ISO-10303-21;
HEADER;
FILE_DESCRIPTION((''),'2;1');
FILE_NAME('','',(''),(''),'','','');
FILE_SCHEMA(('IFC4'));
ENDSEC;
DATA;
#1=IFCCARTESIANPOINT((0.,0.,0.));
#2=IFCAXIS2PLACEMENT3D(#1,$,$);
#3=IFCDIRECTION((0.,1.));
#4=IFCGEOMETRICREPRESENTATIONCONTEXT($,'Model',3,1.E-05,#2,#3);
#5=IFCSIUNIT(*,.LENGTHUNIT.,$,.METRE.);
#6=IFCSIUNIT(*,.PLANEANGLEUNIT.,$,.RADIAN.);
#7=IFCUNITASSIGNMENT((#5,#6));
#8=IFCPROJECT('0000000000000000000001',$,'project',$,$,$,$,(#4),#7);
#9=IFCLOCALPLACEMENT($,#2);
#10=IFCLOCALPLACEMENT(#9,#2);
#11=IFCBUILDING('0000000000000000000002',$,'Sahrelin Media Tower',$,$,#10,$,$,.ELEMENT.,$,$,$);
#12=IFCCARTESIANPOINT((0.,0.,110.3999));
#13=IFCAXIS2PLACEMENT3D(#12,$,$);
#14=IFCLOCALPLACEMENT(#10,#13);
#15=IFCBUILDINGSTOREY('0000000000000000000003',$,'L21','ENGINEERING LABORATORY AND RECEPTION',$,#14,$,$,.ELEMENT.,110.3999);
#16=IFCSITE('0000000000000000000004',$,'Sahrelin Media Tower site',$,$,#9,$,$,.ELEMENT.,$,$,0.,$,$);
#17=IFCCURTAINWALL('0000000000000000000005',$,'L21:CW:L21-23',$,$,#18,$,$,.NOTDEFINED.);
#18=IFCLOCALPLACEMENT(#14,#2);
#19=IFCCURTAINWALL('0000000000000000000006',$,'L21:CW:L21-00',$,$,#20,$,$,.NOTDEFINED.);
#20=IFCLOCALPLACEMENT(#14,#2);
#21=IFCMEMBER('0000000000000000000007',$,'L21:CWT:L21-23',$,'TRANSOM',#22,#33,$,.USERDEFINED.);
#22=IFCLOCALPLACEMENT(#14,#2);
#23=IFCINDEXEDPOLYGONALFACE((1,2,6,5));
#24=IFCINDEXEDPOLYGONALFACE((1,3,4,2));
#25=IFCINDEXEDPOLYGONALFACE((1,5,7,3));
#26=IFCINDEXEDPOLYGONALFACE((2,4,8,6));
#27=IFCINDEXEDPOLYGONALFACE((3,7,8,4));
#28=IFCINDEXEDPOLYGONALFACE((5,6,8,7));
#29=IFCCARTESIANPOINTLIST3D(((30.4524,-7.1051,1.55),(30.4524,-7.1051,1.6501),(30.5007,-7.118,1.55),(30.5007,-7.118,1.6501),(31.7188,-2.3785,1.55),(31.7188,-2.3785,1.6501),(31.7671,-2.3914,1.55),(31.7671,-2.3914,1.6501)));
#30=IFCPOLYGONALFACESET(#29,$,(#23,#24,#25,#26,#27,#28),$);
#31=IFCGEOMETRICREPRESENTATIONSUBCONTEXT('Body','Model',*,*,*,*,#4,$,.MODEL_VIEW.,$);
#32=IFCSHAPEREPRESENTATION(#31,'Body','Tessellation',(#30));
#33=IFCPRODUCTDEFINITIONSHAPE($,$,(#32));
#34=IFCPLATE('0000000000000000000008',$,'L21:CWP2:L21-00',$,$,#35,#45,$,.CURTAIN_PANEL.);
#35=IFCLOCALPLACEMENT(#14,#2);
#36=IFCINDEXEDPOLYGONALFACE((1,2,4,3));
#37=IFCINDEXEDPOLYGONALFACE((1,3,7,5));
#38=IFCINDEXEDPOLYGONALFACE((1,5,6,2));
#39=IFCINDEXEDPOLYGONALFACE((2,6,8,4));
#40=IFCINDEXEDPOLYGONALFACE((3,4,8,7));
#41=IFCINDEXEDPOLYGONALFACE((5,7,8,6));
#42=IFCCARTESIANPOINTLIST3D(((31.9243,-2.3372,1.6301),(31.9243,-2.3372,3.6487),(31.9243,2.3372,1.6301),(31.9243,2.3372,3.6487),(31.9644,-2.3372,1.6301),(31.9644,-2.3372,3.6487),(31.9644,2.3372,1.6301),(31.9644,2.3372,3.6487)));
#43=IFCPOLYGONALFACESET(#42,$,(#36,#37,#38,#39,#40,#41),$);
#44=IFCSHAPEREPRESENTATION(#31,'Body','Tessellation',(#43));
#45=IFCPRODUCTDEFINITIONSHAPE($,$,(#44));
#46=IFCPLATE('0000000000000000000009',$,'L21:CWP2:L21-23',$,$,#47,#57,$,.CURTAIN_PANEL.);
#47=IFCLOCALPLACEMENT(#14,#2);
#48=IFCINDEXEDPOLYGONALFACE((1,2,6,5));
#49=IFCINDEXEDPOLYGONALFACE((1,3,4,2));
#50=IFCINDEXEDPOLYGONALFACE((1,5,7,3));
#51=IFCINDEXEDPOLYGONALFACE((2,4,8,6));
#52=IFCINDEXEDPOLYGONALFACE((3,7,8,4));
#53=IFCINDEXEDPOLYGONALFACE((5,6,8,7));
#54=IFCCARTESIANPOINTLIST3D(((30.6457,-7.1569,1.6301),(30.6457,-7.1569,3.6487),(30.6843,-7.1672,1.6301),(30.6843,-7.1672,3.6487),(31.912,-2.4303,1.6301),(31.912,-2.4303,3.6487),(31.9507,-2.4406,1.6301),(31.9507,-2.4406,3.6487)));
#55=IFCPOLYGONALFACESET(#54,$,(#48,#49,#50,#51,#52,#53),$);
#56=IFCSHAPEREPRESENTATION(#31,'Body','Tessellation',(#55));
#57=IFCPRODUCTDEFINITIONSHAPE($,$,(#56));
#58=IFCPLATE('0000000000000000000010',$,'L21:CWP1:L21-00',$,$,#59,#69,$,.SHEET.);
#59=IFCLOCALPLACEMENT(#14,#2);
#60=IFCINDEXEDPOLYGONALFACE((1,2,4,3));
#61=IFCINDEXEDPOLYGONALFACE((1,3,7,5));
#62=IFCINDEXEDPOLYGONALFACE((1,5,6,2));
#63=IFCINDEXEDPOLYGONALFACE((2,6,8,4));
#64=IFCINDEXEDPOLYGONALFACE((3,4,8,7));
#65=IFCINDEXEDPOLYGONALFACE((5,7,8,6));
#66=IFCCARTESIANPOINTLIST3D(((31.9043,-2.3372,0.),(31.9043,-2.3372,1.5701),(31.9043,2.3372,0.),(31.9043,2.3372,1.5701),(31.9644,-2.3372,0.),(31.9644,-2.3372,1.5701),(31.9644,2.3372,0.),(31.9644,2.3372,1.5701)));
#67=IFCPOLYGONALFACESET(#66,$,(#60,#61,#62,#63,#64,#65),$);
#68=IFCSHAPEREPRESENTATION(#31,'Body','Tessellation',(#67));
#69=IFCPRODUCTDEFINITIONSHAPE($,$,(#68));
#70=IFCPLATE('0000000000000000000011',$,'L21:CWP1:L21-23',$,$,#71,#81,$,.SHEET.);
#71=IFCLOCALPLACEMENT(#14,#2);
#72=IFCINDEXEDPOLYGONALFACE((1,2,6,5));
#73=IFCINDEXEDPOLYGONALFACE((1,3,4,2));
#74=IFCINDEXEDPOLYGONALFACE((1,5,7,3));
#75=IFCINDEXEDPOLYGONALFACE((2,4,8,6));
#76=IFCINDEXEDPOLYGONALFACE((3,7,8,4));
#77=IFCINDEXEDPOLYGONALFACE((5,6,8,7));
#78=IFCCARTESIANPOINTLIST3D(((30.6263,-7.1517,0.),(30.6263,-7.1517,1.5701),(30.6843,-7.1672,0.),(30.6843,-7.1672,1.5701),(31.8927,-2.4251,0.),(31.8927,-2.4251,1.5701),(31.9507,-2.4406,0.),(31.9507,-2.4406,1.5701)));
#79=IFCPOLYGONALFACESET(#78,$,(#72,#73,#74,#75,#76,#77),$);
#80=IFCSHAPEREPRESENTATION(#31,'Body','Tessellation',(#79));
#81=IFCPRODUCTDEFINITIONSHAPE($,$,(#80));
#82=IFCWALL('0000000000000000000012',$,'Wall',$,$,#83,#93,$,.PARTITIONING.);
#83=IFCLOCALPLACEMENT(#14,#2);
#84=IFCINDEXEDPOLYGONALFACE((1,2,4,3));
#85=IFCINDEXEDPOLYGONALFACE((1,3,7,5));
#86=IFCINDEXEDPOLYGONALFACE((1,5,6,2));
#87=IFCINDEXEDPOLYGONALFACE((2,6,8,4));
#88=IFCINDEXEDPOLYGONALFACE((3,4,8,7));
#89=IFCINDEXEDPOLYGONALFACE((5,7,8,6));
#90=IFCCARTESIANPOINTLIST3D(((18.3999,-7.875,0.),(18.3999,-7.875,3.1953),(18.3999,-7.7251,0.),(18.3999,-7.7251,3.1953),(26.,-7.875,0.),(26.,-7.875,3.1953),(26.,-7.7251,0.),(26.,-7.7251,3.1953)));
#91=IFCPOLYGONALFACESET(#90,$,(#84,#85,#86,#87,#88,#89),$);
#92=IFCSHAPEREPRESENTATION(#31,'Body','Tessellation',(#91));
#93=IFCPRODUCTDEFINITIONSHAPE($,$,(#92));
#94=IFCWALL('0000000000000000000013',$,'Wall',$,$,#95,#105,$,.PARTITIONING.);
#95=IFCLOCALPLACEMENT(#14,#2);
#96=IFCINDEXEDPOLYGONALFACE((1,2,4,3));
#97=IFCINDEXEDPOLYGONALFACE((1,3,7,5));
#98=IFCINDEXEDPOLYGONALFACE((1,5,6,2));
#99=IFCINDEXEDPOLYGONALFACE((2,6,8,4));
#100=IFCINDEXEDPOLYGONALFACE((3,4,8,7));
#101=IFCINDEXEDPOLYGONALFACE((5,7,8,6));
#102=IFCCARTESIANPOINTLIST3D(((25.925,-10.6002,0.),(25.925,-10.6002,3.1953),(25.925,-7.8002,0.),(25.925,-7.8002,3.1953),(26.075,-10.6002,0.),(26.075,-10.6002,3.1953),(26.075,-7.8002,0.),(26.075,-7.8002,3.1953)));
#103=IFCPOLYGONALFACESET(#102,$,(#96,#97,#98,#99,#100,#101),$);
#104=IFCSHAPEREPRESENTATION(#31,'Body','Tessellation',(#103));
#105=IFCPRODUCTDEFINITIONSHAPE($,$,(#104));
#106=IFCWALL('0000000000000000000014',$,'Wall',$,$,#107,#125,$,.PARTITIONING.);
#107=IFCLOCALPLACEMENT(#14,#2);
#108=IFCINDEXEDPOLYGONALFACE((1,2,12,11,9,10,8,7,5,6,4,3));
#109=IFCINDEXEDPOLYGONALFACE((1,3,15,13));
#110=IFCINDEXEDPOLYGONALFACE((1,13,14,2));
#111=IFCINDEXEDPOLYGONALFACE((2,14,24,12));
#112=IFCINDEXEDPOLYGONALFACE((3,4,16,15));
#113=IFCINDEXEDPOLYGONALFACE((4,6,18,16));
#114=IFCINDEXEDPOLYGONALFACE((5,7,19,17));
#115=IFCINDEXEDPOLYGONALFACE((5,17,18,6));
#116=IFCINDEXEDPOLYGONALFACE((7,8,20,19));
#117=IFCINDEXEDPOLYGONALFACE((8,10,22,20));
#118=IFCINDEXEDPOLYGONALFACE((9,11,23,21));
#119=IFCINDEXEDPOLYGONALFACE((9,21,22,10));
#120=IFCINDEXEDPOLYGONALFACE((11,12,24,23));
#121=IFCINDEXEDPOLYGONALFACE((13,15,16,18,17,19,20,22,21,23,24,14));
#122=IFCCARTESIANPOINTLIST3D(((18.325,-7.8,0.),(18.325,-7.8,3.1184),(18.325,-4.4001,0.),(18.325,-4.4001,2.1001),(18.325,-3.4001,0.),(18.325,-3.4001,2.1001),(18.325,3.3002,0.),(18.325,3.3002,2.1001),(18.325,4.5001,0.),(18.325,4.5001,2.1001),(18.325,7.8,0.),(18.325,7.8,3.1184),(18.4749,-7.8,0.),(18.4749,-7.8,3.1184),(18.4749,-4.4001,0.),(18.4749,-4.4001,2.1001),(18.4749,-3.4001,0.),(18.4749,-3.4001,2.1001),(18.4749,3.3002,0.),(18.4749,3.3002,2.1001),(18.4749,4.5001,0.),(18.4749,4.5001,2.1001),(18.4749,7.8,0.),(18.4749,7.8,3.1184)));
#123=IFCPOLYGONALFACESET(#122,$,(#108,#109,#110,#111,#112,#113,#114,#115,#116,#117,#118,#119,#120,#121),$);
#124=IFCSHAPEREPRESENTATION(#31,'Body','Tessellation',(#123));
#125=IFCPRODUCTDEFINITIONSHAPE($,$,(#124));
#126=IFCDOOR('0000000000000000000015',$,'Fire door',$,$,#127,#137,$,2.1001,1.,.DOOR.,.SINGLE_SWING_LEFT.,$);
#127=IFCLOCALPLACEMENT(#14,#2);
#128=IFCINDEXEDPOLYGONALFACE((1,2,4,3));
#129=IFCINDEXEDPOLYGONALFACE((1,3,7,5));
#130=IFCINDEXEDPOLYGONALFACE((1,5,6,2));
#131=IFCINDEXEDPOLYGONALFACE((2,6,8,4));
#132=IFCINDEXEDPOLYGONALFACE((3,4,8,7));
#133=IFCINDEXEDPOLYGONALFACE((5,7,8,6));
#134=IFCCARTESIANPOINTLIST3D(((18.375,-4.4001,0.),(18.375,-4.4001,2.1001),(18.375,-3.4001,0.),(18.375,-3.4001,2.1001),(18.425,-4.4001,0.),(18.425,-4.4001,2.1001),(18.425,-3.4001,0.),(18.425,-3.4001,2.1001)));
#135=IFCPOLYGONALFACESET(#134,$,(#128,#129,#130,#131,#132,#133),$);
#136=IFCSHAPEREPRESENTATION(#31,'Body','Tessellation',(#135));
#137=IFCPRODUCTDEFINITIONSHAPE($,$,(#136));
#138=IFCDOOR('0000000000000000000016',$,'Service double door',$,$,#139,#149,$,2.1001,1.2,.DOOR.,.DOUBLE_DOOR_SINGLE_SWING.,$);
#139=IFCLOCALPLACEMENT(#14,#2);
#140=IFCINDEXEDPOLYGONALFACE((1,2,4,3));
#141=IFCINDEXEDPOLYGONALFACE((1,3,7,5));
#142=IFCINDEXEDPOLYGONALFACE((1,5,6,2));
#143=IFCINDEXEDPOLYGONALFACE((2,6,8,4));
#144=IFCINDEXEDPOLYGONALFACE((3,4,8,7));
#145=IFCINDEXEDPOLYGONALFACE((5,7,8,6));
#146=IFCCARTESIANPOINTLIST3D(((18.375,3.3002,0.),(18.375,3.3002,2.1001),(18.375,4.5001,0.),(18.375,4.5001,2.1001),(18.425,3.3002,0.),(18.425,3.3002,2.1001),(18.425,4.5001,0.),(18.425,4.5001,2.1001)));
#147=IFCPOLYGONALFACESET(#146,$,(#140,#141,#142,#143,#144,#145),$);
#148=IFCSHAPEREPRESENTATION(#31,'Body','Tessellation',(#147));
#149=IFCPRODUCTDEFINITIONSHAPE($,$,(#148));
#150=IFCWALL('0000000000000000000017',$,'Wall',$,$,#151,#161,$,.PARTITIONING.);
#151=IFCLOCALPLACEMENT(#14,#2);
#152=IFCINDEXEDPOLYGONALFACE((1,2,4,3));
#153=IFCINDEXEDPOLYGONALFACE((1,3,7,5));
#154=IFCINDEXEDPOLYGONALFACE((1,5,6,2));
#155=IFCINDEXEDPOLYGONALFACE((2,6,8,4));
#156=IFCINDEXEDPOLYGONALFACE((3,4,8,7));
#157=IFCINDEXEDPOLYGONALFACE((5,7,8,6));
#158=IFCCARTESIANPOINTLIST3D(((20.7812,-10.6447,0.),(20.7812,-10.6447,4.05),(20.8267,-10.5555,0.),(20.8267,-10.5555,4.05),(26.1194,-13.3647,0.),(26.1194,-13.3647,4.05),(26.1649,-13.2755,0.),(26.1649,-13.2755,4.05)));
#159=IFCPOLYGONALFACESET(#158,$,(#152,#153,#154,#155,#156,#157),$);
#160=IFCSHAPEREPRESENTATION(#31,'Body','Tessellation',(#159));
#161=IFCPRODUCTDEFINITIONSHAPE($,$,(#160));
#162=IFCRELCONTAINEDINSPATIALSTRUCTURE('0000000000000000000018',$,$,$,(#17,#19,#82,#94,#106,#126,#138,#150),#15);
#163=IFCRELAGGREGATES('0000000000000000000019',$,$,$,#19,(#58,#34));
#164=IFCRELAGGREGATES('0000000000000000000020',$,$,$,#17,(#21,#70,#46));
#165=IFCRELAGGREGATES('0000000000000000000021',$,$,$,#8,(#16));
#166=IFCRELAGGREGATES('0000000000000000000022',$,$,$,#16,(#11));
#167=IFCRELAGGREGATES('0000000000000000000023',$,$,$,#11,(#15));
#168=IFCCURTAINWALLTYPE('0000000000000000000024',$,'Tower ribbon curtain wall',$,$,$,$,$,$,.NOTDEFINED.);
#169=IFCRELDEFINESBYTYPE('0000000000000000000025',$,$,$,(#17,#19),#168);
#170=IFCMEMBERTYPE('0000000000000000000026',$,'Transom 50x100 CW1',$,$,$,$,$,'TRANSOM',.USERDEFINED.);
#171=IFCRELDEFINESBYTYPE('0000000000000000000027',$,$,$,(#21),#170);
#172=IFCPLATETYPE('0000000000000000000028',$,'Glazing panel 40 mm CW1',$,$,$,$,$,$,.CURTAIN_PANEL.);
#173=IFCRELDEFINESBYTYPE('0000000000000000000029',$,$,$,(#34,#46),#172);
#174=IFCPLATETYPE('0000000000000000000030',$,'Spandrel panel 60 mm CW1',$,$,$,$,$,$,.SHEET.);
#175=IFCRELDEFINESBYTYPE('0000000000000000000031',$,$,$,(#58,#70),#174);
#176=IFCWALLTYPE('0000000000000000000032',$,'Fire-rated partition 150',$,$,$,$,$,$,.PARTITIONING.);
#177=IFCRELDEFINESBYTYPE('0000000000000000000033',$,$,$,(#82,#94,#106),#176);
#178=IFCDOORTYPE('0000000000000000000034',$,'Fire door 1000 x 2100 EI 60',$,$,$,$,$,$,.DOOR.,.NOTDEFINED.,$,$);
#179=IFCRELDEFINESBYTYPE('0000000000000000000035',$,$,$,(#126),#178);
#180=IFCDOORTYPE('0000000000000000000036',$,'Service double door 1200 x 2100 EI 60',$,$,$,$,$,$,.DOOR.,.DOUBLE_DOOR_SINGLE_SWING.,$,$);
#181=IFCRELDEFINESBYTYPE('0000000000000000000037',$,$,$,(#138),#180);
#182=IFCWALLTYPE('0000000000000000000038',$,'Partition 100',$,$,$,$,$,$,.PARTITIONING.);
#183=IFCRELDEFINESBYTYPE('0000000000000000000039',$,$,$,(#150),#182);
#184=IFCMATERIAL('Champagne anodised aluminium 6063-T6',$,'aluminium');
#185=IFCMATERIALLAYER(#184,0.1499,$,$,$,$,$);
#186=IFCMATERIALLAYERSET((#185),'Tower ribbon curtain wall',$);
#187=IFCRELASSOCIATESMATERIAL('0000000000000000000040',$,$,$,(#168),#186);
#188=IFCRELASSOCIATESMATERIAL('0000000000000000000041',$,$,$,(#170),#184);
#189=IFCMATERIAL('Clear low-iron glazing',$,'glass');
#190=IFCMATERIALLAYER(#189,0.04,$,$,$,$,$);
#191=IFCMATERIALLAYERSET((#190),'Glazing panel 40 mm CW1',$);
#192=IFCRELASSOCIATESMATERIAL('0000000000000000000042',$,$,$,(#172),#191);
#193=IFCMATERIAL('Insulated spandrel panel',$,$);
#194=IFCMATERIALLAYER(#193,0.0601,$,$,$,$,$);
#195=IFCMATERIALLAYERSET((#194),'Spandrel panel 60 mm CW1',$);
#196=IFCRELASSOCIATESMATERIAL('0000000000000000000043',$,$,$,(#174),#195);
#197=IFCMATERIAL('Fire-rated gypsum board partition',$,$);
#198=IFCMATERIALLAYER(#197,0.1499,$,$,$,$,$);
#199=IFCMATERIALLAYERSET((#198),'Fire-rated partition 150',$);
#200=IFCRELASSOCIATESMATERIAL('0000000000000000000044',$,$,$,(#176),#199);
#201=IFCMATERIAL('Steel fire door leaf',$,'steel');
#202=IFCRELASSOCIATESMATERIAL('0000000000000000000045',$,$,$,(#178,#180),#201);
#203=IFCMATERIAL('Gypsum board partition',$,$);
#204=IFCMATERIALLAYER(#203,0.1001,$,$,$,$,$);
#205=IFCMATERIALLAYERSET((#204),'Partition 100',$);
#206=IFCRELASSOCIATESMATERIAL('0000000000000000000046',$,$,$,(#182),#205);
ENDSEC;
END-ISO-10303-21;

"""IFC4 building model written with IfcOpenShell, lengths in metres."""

from ifc_helpers import new_model, si_unit, direction, frame, frame_2d, origin, origin_2d, place, context, subcontext, project, spatial, polyline, rectangle, outline, extrude, material, layer, layer_set, material_profile, profile_set, type_object, element, fill, aggregate, save


model = new_model("IFC4")

# Units and contexts
model_context = context("Model", 3, precision=1e-05, world=origin(), true_north=direction((0.0, 1.0)))
body_context = subcontext(model_context, "Body", "Model", "MODEL_VIEW")
ifc_project = project(units=[si_unit("LENGTHUNIT", "METRE"), si_unit("PLANEANGLEUNIT", "RADIAN")], contexts=[model_context])

# Site, building, storey
site_placement = place(None, origin())
site = spatial("IfcSite", under=ifc_project, at=site_placement, Name="Sahrelin Media Tower site", CompositionType="ELEMENT", RefElevation=0.0)
building_placement = place(site_placement, origin())
building = spatial("IfcBuilding", under=site, at=building_placement, Name="Sahrelin Media Tower", CompositionType="ELEMENT")
storey_placement = place(building_placement, frame((0.0, 0.0, 110.3999)))
storey = spatial("IfcBuildingStorey", under=building, at=storey_placement, Name="L21", Description="ENGINEERING LABORATORY AND RECEPTION", CompositionType="ELEMENT", Elevation=110.3999)

# Curtain wall
ifc_material_1 = material(Name="Champagne anodised aluminium 6063-T6", Category="aluminium")
ifc_layer_1 = layer(ifc_material_1, 0.1499)
ifc_layer_set_1 = layer_set([ifc_layer_1], Name="Tower ribbon curtain wall")
curtain_wall_type = type_object("IfcCurtainWallType", Name="Tower ribbon curtain wall", PredefinedType="NOTDEFINED", material=ifc_layer_set_1)
curtain_wall_1_placement = place(storey_placement, frame((31.2981, -4.7986, 0.0), z_axis=(0.0, 0.0, 1.0), x_axis=(1.0, 0.0, 0.0)))
curtain_wall_1 = element("IfcCurtainWall", 1, at=curtain_wall_1_placement, inside=storey, type_object=curtain_wall_type, Name="L21:CW:L21-23", PredefinedType="NOTDEFINED")

# Curtain wall
curtain_wall_2_placement = place(storey_placement, frame((31.9443, 0.0, 0.0), z_axis=(0.0, 0.0, 1.0), x_axis=(1.0, 0.0, 0.0)))
curtain_wall_2 = element("IfcCurtainWall", 2, at=curtain_wall_2_placement, inside=storey, type_object=curtain_wall_type, Name="L21:CW:L21-00", PredefinedType="NOTDEFINED")
ifc_material_profile_1 = material_profile(ifc_material_1, rectangle(XDim=0.05, YDim=0.1001, at=origin_2d()), Name="Transom 50x100")
ifc_profile_set_1 = profile_set([ifc_material_profile_1], Name="Champagne anodised aluminium 6063-T6")
member_type_1 = type_object("IfcMemberType", Name="Transom 50x100 CW1", ElementType="TRANSOM", PredefinedType="USERDEFINED", material=ifc_profile_set_1)

# Member
member_1_placement = place(storey_placement, frame((30.4766, -7.1116, 1.6001), z_axis=(0.258796, 0.965932, 0.0), x_axis=(-0.965932, 0.258796, 0.0)))
member_1 = element("IfcMember", 3, at=member_1_placement, type_object=member_type_1, Name="L21:CWT:L21-23", ObjectType="TRANSOM", PredefinedType="USERDEFINED", context=body_context, shape_type="SweptSolid", body=[
    extrude(rectangle(XDim=0.05, YDim=0.1001, at=origin_2d()), origin(), (0.0, 0.0, 1.0), 4.8933),
])

# Plates
ifc_material_2 = material(Name="Clear low-iron glazing", Category="glass")
ifc_layer_2 = layer(ifc_material_2, 0.04)
ifc_layer_set_2 = layer_set([ifc_layer_2], Name="Glazing panel 40 mm CW1")
plate_type_1 = type_object("IfcPlateType", Name="Glazing panel 40 mm CW1", PredefinedType="CURTAIN_PANEL", material=ifc_layer_set_2)
plate_1_placement = place(storey_placement, frame((31.9644, -2.3372, 1.6301), z_axis=(1.0, 0.0, 0.0), x_axis=(0.0, 1.0, 0.0)))
plate_1 = element("IfcPlate", 4, at=plate_1_placement, type_object=plate_type_1, Name="L21:CWP2:L21-00", PredefinedType="CURTAIN_PANEL", context=body_context, shape_type="SweptSolid", body=[
    extrude(outline(polyline([(0.0, 0.0), (4.6743, 0.0), (4.6743, 2.0186), (0.0, 2.0186), (0.0, 0.0)])), origin(), (0.0, 0.0, -1.0), 0.04),
])
plate_2_placement = place(storey_placement, frame((30.6843, -7.1672, 1.6301), z_axis=(0.965932, -0.258796, 0.0), x_axis=(0.258796, 0.965932, 0.0)))
plate_2 = element("IfcPlate", 5, at=plate_2_placement, type_object=plate_type_1, Name="L21:CWP2:L21-23", PredefinedType="CURTAIN_PANEL", context=body_context, shape_type="SweptSolid", body=[
    extrude(outline(polyline([(0.0, 0.0), (4.8933, 0.0), (4.8933, 2.0186), (0.0, 2.0186), (0.0, 0.0)])), origin(), (0.0, 0.0, -1.0), 0.04),
])
ifc_material_3 = material(Name="Insulated spandrel panel")
ifc_layer_3 = layer(ifc_material_3, 0.0601)
ifc_layer_set_3 = layer_set([ifc_layer_3], Name="Spandrel panel 60 mm CW1")
plate_type_2 = type_object("IfcPlateType", Name="Spandrel panel 60 mm CW1", PredefinedType="SHEET", material=ifc_layer_set_3)
plate_3_placement = place(storey_placement, frame((31.9644, -2.3372, 0.0), z_axis=(1.0, 0.0, 0.0), x_axis=(0.0, 1.0, 0.0)))
plate_3 = element("IfcPlate", 6, at=plate_3_placement, type_object=plate_type_2, Name="L21:CWP1:L21-00", PredefinedType="SHEET", context=body_context, shape_type="SweptSolid", body=[
    extrude(outline(polyline([(0.0, 0.0), (4.6743, 0.0), (4.6743, 1.5701), (0.0, 1.5701), (0.0, 0.0)])), origin(), (0.0, 0.0, -1.0), 0.0601),
])
aggregate(curtain_wall_2, [plate_3, plate_1])
plate_4_placement = place(storey_placement, frame((30.6843, -7.1672, 0.0), z_axis=(0.965932, -0.258796, 0.0), x_axis=(0.258796, 0.965932, 0.0)))
plate_4 = element("IfcPlate", 7, at=plate_4_placement, type_object=plate_type_2, Name="L21:CWP1:L21-23", PredefinedType="SHEET", context=body_context, shape_type="SweptSolid", body=[
    extrude(outline(polyline([(0.0, 0.0), (4.8933, 0.0), (4.8933, 1.5701), (0.0, 1.5701), (0.0, 0.0)])), origin(), (0.0, 0.0, -1.0), 0.0601),
])
aggregate(curtain_wall_1, [member_1, plate_4, plate_2])

# Walls
ifc_material_4 = material(Name="Fire-rated gypsum board partition")
ifc_layer_4 = layer(ifc_material_4, 0.1499)
ifc_layer_set_4 = layer_set([ifc_layer_4], Name="Fire-rated partition 150")
wall_type_1 = type_object("IfcWallType", Name="Fire-rated partition 150", PredefinedType="PARTITIONING", material=ifc_layer_set_4)
wall_1_placement = place(storey_placement, frame((18.3999, -7.8, 0.0), z_axis=(0.0, 0.0, 1.0), x_axis=(1.0, 0.0, 0.0)))
element("IfcWall", 8, at=wall_1_placement, inside=storey, type_object=wall_type_1, Name="Wall", PredefinedType="PARTITIONING", context=body_context, shape_type="SweptSolid", body=[
    extrude(rectangle(XDim=7.6001, YDim=0.1499, at=frame_2d((3.8, 0.0))), origin(), (0.0, 0.0, 1.0), 3.1953),
])
wall_2_placement = place(storey_placement, frame((26.0, -10.6001, 0.0), z_axis=(0.0, 0.0, 1.0), x_axis=(0.0, 1.0, 0.0)))
element("IfcWall", 9, at=wall_2_placement, inside=storey, type_object=wall_type_1, Name="Wall", PredefinedType="PARTITIONING", context=body_context, shape_type="SweptSolid", body=[
    extrude(rectangle(XDim=2.8, YDim=0.1499, at=frame_2d((1.3999, 0.0))), origin(), (0.0, 0.0, 1.0), 3.1953),
])

# Wall, openings, doors
wall_3_placement = place(storey_placement, frame((18.3999, -7.8, 0.0), z_axis=(0.0, 0.0, 1.0), x_axis=(0.0, 1.0, 0.0)))
wall_3 = element("IfcWall", 10, at=wall_3_placement, inside=storey, type_object=wall_type_1, Name="Wall", PredefinedType="PARTITIONING", context=body_context, shape_type="SweptSolid", body=[
    extrude(rectangle(XDim=15.6001, YDim=0.1499, at=frame_2d((7.8, 0.0))), origin(), (0.0, 0.0, 1.0), 3.1184),
])
opening_1_placement = place(wall_3_placement, frame((3.3999, 0.0, 0.0)))
opening_1 = element("IfcOpeningElement", 11, at=opening_1_placement, cuts=wall_3, PredefinedType="OPENING", context=body_context, shape_type="SweptSolid", body=[
    extrude(rectangle(XDim=1.0, YDim=2.1001, at=frame_2d((0.5, 1.05))), frame((0.0, 0.075, 0.0), z_axis=(0.0, -1.0, 0.0), x_axis=(1.0, 0.0, 0.0)), (0.0, 0.0, 1.0), 0.1499),
])
opening_2_placement = place(wall_3_placement, frame((11.1001, 0.0, 0.0)))
opening_2 = element("IfcOpeningElement", 12, at=opening_2_placement, cuts=wall_3, PredefinedType="OPENING", context=body_context, shape_type="SweptSolid", body=[
    extrude(rectangle(XDim=1.2, YDim=2.1001, at=frame_2d((0.6001, 1.05))), frame((0.0, 0.075, 0.0), z_axis=(0.0, -1.0, 0.0), x_axis=(1.0, 0.0, 0.0)), (0.0, 0.0, 1.0), 0.1499),
])
ifc_material_5 = material(Name="Steel fire door leaf", Category="steel")
door_type_1 = type_object("IfcDoorType", Name="Fire door 1000 x 2100 EI 60", OperationType="NOTDEFINED", PredefinedType="DOOR", material=ifc_material_5)
door_1_placement = place(opening_1_placement, origin())
door_1 = element("IfcDoor", 13, at=door_1_placement, inside=storey, type_object=door_type_1, Name="Fire door", OperationType="SINGLE_SWING_LEFT", OverallHeight=2.1001, OverallWidth=1.0, PredefinedType="DOOR", context=body_context, shape_type="SweptSolid", body=[
    extrude(rectangle(XDim=1.0, YDim=2.1001, at=frame_2d((0.5, 1.05))), frame((0.0, 0.0249, 0.0), z_axis=(0.0, -1.0, 0.0), x_axis=(1.0, 0.0, 0.0)), (0.0, 0.0, 1.0), 0.05),
])
fill(opening_1, door_1)
door_type_2 = type_object("IfcDoorType", Name="Service double door 1200 x 2100 EI 60", OperationType="DOUBLE_DOOR_SINGLE_SWING", PredefinedType="DOOR", material=ifc_material_5)
door_2_placement = place(opening_2_placement, origin())
door_2 = element("IfcDoor", 14, at=door_2_placement, inside=storey, type_object=door_type_2, Name="Service double door", OperationType="DOUBLE_DOOR_SINGLE_SWING", OverallHeight=2.1001, OverallWidth=1.2, PredefinedType="DOOR", context=body_context, shape_type="SweptSolid", body=[
    extrude(rectangle(XDim=1.2, YDim=2.1001, at=frame_2d((0.6001, 1.05))), frame((0.0, 0.0249, 0.0), z_axis=(0.0, -1.0, 0.0), x_axis=(1.0, 0.0, 0.0)), (0.0, 0.0, 1.0), 0.05),
])
fill(opening_2, door_2)

# Wall
ifc_material_6 = material(Name="Gypsum board partition")
ifc_layer_5 = layer(ifc_material_6, 0.1001)
ifc_layer_set_5 = layer_set([ifc_layer_5], Name="Partition 100")
wall_type_2 = type_object("IfcWallType", Name="Partition 100", PredefinedType="PARTITIONING", material=ifc_layer_set_5)
wall_4_placement = place(storey_placement, frame((20.804, -10.6001, 0.0), z_axis=(0.0, 0.0, 1.0), x_axis=(0.891003, -0.453998, 0.0)))
element("IfcWall", 15, at=wall_4_placement, inside=storey, type_object=wall_type_2, Name="Wall", PredefinedType="PARTITIONING", context=body_context, shape_type="SweptSolid", body=[
    extrude(rectangle(XDim=5.9912, YDim=0.1001, at=frame_2d((2.9956, 0.0))), origin(), (0.0, 0.0, 1.0), 4.05),
])

save(model, "model.ifc")
